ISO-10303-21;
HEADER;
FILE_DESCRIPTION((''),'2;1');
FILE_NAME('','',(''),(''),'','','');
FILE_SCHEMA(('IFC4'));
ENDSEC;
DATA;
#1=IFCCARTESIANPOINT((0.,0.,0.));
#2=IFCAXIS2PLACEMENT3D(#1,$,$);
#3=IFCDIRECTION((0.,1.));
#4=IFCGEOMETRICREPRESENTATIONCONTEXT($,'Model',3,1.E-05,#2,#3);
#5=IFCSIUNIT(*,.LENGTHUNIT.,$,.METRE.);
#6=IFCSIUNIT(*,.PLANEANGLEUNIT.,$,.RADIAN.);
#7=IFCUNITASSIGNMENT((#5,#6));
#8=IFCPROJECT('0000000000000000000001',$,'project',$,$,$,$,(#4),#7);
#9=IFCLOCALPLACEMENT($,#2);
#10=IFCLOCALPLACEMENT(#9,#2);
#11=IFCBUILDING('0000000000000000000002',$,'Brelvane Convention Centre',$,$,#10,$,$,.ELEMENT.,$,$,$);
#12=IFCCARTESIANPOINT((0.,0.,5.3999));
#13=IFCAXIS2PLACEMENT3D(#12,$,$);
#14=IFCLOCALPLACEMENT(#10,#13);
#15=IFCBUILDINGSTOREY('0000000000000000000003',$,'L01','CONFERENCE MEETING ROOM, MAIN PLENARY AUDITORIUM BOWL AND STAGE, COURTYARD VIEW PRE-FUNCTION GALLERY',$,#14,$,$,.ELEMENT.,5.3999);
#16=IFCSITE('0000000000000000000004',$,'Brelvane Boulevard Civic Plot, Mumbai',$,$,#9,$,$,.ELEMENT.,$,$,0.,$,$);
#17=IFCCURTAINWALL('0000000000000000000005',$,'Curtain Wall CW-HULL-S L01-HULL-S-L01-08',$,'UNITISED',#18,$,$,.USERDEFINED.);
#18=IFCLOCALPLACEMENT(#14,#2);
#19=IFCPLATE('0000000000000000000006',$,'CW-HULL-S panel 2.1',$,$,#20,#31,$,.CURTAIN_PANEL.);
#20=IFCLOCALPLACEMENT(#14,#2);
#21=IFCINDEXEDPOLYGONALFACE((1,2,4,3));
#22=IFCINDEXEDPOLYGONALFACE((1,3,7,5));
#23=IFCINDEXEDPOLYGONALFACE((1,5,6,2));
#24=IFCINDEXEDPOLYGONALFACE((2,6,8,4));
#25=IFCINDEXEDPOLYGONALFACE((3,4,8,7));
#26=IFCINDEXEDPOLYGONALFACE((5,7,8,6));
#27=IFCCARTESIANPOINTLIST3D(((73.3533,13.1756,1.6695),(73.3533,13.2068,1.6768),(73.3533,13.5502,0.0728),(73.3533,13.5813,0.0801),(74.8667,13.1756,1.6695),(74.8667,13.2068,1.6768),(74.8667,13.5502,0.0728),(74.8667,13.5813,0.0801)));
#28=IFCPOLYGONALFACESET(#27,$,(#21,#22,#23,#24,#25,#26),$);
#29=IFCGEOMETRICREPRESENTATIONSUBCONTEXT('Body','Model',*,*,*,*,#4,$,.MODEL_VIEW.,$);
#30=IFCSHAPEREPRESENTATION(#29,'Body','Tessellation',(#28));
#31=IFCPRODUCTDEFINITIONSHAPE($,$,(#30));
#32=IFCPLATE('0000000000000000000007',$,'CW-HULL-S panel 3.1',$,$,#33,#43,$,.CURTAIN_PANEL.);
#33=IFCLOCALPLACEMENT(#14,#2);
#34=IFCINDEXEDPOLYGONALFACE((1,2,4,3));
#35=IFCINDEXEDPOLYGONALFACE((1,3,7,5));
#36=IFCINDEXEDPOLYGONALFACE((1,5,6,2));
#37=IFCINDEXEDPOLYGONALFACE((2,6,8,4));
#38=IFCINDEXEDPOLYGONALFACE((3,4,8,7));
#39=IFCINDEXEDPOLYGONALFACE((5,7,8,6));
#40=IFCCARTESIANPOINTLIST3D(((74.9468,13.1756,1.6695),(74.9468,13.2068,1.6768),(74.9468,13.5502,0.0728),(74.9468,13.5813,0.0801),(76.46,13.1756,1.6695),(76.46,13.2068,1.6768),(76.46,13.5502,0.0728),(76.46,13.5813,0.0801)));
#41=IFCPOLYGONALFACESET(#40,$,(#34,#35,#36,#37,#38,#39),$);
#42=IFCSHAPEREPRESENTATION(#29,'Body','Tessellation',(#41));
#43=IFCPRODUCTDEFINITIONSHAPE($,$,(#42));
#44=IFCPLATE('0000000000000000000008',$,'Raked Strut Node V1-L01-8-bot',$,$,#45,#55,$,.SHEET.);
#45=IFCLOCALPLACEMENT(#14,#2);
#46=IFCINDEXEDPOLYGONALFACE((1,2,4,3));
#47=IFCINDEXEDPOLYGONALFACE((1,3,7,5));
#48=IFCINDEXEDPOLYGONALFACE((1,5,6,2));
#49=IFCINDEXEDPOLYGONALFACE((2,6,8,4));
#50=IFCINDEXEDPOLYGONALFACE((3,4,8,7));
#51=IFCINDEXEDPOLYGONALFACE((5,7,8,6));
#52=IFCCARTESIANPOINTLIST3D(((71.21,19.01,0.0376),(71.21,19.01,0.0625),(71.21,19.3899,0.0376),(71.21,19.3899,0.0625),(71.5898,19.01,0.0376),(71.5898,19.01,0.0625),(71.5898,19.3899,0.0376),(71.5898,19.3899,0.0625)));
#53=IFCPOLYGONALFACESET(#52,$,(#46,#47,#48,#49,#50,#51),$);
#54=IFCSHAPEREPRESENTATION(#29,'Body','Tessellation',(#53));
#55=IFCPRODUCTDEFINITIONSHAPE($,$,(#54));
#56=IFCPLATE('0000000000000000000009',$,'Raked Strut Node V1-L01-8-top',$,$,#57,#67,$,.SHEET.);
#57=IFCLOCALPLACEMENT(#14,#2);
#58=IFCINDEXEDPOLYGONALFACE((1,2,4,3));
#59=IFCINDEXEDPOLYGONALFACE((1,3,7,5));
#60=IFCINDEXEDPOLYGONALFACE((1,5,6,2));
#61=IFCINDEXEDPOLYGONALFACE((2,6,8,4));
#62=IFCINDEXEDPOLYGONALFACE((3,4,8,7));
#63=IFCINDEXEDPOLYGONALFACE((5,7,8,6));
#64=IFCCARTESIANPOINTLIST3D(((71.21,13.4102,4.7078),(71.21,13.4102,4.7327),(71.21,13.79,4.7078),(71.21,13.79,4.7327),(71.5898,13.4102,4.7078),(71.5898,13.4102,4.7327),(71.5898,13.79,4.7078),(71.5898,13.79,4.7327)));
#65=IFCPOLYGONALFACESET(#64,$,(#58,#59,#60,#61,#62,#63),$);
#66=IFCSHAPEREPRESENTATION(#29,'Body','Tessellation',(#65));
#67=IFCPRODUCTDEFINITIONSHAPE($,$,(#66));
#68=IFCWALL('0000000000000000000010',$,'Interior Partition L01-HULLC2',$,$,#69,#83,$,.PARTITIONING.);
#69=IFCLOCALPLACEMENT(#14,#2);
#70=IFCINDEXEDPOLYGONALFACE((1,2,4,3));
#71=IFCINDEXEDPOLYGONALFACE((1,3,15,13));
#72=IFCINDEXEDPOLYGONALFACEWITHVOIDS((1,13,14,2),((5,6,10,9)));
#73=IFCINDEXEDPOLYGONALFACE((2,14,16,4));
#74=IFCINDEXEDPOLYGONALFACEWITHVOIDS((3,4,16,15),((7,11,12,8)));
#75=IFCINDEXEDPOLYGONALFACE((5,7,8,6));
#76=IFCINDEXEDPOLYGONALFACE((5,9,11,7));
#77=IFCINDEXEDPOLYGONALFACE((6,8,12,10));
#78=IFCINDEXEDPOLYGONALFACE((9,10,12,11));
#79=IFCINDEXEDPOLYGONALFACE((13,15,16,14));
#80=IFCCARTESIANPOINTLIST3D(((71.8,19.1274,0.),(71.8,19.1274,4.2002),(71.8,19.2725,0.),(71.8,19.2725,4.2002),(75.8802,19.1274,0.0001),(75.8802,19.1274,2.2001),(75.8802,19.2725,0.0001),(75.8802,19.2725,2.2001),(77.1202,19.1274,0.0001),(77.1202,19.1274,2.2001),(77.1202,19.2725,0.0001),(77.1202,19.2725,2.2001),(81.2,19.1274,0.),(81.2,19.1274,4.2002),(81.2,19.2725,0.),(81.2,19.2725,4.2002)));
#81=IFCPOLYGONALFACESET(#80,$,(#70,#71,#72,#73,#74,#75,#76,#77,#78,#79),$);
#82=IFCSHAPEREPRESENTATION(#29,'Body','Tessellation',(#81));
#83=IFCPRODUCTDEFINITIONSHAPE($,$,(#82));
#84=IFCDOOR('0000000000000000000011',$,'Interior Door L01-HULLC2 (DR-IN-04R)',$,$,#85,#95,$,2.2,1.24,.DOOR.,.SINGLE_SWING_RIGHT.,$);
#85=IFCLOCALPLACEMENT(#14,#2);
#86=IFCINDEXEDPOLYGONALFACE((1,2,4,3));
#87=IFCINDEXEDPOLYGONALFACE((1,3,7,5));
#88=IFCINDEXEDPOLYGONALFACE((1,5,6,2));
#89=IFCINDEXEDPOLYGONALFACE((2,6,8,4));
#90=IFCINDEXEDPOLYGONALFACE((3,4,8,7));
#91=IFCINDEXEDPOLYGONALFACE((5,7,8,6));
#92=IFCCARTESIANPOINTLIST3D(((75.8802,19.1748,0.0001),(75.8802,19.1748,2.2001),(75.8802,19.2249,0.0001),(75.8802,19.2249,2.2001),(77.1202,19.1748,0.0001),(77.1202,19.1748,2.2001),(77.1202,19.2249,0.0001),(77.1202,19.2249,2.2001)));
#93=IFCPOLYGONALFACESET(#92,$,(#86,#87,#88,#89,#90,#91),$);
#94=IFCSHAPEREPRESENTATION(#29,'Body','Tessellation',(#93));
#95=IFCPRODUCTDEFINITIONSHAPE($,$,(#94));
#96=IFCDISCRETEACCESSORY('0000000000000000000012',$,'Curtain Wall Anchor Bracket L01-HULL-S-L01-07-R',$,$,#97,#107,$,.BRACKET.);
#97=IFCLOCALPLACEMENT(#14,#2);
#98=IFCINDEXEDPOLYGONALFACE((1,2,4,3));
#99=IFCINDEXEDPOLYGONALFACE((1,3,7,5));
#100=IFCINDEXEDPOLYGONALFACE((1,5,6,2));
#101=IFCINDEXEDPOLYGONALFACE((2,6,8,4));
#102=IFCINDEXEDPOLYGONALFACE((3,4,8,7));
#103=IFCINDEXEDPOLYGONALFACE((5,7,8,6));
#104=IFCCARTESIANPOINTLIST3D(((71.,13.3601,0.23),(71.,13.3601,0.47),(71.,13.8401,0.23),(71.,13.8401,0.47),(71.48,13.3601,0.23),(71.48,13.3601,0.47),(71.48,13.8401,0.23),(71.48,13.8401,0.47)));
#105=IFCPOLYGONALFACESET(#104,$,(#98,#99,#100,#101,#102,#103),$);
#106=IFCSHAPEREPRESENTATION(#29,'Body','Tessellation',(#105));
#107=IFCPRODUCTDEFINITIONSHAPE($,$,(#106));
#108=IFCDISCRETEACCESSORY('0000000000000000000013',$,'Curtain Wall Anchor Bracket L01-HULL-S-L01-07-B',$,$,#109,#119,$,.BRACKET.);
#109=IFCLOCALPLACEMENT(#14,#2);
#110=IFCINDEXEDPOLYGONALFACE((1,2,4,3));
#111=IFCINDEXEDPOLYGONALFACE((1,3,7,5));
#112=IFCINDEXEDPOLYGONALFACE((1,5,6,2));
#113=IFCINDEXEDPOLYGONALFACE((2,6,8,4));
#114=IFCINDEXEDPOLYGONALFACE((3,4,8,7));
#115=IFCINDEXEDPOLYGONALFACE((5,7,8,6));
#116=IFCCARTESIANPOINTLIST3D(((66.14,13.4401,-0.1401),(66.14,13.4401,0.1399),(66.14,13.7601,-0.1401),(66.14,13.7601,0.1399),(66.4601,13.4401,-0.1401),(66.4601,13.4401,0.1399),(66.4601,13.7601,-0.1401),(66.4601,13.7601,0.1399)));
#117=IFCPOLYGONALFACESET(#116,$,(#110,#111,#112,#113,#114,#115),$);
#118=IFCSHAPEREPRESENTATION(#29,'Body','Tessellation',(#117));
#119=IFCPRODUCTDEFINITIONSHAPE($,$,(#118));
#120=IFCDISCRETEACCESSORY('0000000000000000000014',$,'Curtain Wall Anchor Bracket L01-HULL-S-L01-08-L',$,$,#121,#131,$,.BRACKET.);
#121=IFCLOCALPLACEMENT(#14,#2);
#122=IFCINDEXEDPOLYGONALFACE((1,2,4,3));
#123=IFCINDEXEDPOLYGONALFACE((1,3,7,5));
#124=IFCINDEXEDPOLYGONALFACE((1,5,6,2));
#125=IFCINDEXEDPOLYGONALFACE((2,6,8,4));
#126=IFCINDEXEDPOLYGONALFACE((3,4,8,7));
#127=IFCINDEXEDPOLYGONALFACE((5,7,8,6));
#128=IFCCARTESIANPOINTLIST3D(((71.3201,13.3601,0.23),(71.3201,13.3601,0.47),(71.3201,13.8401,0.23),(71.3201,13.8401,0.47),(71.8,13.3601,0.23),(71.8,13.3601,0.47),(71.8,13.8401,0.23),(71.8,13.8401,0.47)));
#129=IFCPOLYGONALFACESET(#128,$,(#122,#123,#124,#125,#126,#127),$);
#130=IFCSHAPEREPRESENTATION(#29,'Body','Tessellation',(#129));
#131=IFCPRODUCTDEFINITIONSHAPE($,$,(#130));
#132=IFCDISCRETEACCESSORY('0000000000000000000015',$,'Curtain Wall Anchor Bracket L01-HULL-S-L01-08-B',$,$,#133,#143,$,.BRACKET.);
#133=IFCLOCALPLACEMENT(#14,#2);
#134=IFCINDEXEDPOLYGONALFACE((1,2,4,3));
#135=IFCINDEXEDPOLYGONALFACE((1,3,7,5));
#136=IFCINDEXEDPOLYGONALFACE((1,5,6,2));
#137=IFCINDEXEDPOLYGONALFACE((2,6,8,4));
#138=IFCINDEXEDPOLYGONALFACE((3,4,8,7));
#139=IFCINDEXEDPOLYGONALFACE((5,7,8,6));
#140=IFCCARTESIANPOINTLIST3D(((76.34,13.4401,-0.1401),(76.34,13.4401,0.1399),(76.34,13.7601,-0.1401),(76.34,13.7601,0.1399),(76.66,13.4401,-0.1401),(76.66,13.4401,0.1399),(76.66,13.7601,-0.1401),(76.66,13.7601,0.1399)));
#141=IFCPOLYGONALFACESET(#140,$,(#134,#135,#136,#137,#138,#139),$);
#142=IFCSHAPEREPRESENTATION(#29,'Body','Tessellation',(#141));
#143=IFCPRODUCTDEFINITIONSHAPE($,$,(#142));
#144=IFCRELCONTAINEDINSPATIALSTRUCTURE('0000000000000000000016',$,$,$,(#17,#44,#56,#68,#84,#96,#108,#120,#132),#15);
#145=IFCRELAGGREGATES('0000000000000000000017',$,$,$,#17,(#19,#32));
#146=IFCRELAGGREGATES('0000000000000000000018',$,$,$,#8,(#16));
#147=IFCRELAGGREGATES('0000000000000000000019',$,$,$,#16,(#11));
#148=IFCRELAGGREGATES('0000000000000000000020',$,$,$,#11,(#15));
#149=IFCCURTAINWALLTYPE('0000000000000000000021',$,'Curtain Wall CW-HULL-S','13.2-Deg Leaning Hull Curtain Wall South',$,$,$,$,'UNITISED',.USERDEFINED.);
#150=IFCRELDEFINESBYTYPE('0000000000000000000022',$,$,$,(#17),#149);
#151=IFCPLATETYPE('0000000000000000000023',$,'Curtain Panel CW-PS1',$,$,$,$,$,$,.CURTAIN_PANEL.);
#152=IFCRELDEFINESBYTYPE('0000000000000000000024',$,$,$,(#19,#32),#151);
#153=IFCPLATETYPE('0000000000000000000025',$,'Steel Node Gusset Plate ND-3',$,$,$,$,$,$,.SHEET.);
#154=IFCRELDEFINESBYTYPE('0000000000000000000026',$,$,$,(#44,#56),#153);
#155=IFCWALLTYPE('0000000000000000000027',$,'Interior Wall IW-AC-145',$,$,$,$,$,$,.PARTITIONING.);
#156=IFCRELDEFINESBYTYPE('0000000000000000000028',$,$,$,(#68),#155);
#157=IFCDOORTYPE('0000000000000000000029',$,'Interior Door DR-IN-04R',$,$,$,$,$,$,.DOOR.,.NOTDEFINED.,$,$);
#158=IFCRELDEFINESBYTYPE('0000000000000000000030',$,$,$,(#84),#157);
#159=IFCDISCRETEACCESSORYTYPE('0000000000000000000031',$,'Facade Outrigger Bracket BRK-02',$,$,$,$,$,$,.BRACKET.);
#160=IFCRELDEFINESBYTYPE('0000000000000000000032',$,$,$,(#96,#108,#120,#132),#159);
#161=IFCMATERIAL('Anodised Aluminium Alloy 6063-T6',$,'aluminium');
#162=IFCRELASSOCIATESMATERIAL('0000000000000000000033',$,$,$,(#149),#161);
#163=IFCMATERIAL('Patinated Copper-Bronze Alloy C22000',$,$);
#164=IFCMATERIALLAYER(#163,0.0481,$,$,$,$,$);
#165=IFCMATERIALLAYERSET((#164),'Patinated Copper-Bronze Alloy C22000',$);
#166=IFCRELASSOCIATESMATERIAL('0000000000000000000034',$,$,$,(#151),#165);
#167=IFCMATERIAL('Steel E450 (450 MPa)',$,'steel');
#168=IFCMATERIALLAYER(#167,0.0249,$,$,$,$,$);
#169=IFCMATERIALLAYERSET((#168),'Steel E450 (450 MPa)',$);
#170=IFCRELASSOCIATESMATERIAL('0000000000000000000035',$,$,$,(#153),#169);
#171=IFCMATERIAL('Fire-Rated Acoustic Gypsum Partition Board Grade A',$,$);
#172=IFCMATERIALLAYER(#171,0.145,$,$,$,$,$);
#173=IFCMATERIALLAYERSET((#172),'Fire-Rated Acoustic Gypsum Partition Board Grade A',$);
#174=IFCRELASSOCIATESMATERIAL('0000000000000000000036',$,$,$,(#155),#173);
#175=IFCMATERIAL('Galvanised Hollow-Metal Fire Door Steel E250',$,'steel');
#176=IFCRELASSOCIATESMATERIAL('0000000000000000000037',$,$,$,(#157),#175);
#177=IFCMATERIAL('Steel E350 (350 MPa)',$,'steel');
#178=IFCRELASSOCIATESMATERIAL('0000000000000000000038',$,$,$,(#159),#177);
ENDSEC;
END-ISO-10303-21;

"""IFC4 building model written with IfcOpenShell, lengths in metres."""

from ifc_helpers import new_model, si_unit, direction, frame, frame_2d, origin, origin_2d, place, context, subcontext, project, spatial, polyline, rectangle, outline, extrude, material, layer, layer_set, type_object, element, fill, aggregate, save


model = new_model("IFC4")

# Units and contexts
model_context = context("Model", 3, precision=1e-05, world=origin(), true_north=direction((0.0, 1.0)))
body_context = subcontext(model_context, "Body", "Model", "MODEL_VIEW")
ifc_project = project(units=[si_unit("LENGTHUNIT", "METRE"), si_unit("PLANEANGLEUNIT", "RADIAN")], contexts=[model_context])

# Site, building, storey
site_placement = place(None, origin())
site = spatial("IfcSite", under=ifc_project, at=site_placement, Name="Brelvane Boulevard Civic Plot, Mumbai", CompositionType="ELEMENT", RefElevation=0.0)
building_placement = place(site_placement, origin())
building = spatial("IfcBuilding", under=site, at=building_placement, Name="Brelvane Convention Centre", CompositionType="ELEMENT")
storey_placement = place(building_placement, frame((0.0, 0.0, 5.3999)))
storey = spatial("IfcBuildingStorey", under=building, at=storey_placement, Name="L01", Description="CONFERENCE MEETING ROOM, MAIN PLENARY AUDITORIUM BOWL AND STAGE, COURTYARD VIEW PRE-FUNCTION GALLERY", CompositionType="ELEMENT", Elevation=5.3999)

# Curtain wall
ifc_material_1 = material(Name="Anodised Aluminium Alloy 6063-T6", Category="aluminium")
curtain_wall_type = type_object("IfcCurtainWallType", Name="Curtain Wall CW-HULL-S", Description="13.2-Deg Leaning Hull Curtain Wall South", ElementType="UNITISED", PredefinedType="USERDEFINED", material=ifc_material_1)
curtain_wall_1_placement = place(storey_placement, origin())
curtain_wall_1 = element("IfcCurtainWall", 1, at=curtain_wall_1_placement, inside=storey, type_object=curtain_wall_type, Name="Curtain Wall CW-HULL-S L01-HULL-S-L01-08", ObjectType="UNITISED", PredefinedType="USERDEFINED")

# Plates
ifc_material_2 = material(Name="Patinated Copper-Bronze Alloy C22000")
ifc_layer_1 = layer(ifc_material_2, 0.0481)
ifc_layer_set_1 = layer_set([ifc_layer_1], Name="Patinated Copper-Bronze Alloy C22000")
plate_type_1 = type_object("IfcPlateType", Name="Curtain Panel CW-PS1", PredefinedType="CURTAIN_PANEL", material=ifc_layer_set_1)
plate_1_placement = place(storey_placement, frame((73.3533, 13.5813, 0.0801), z_axis=(0.0, 0.973577, 0.228359), x_axis=(1.0, 0.0, 0.0)))
plate_1 = element("IfcPlate", 2, at=plate_1_placement, type_object=plate_type_1, Name="CW-HULL-S panel 2.1", PredefinedType="CURTAIN_PANEL", context=body_context, shape_type="SweptSolid", body=[
    extrude(outline(polyline([(0.0, 0.0), (1.5134, 0.0), (1.5134, -1.64), (0.0, -1.64), (0.0, 0.0)])), origin(), (0.0, 0.0, -1.0), 0.032),
])
plate_2_placement = place(storey_placement, frame((74.9468, 13.5813, 0.0801), z_axis=(0.0, 0.973577, 0.228359), x_axis=(1.0, 0.0, 0.0)))
plate_2 = element("IfcPlate", 3, at=plate_2_placement, type_object=plate_type_1, Name="CW-HULL-S panel 3.1", PredefinedType="CURTAIN_PANEL", context=body_context, shape_type="SweptSolid", body=[
    extrude(outline(polyline([(0.0, 0.0), (1.5132, 0.0), (1.5132, -1.64), (0.0, -1.64), (0.0, 0.0)])), origin(), (0.0, 0.0, -1.0), 0.032),
])
aggregate(curtain_wall_1, [plate_1, plate_2])

# Plates
ifc_material_3 = material(Name="Steel E450 (450 MPa)", Category="steel")
ifc_layer_2 = layer(ifc_material_3, 0.0249)
ifc_layer_set_2 = layer_set([ifc_layer_2], Name="Steel E450 (450 MPa)")
plate_type_2 = type_object("IfcPlateType", Name="Steel Node Gusset Plate ND-3", PredefinedType="SHEET", material=ifc_layer_set_2)
for number, where, z_axis, x_axis, name in (
    (4, (71.3999, 19.2, 0.0376), (0.0, 0.0, 1.0), (1.0, 0.0, 0.0), "Raked Strut Node V1-L01-8-bot"),
    (5, (71.3999, 13.6001, 4.7078), (0.0, 0.0, 1.0), (1.0, 0.0, 0.0), "Raked Strut Node V1-L01-8-top"),
):
    element("IfcPlate", number, at=place(storey_placement, frame(where, z_axis=z_axis, x_axis=x_axis)), inside=storey, type_object=plate_type_2, Name=name, PredefinedType="SHEET", context=body_context, shape_type="SweptSolid", body=[
        extrude(rectangle(XDim=0.3799, YDim=0.3799, at=origin_2d()), origin(), (0.0, 0.0, 1.0), 0.0249),
    ])

# Wall, opening, door
ifc_material_4 = material(Name="Fire-Rated Acoustic Gypsum Partition Board Grade A")
ifc_layer_3 = layer(ifc_material_4, 0.145)
ifc_layer_set_3 = layer_set([ifc_layer_3], Name="Fire-Rated Acoustic Gypsum Partition Board Grade A")
wall_type = type_object("IfcWallType", Name="Interior Wall IW-AC-145", PredefinedType="PARTITIONING", material=ifc_layer_set_3)
wall_placement = place(storey_placement, frame((71.8, 19.2, 0.0), z_axis=(0.0, 0.0, 1.0), x_axis=(1.0, 0.0, 0.0)))
wall = element("IfcWall", 6, at=wall_placement, inside=storey, type_object=wall_type, Name="Interior Partition L01-HULLC2", PredefinedType="PARTITIONING", context=body_context, shape_type="SweptSolid", body=[
    extrude(rectangle(XDim=9.3999, YDim=0.145, at=frame_2d((4.7, 0.0))), origin(), (0.0, 0.0, 1.0), 4.2002),
])
opening_placement = place(wall_placement, frame((4.0801, 0.0, 0.0)))
opening = element("IfcOpeningElement", 7, at=opening_placement, cuts=wall, PredefinedType="OPENING", context=body_context, shape_type="SweptSolid", body=[
    extrude(rectangle(XDim=1.24, YDim=2.2, at=frame_2d((0.6201, 1.1001))), frame((0.0, 0.0825, 0.0), z_axis=(0.0, -1.0, 0.0), x_axis=(1.0, 0.0, 0.0)), (0.0, 0.0, 1.0), 0.165),
])
ifc_material_5 = material(Name="Galvanised Hollow-Metal Fire Door Steel E250", Category="steel")
door_type = type_object("IfcDoorType", Name="Interior Door DR-IN-04R", OperationType="NOTDEFINED", PredefinedType="DOOR", material=ifc_material_5)
door_placement = place(opening_placement, origin())
door = element("IfcDoor", 8, at=door_placement, inside=storey, type_object=door_type, Name="Interior Door L01-HULLC2 (DR-IN-04R)", OperationType="SINGLE_SWING_RIGHT", OverallHeight=2.2, OverallWidth=1.24, PredefinedType="DOOR", context=body_context, shape_type="SweptSolid", body=[
    extrude(rectangle(XDim=1.24, YDim=2.2, at=frame_2d((0.6201, 1.1001))), frame((0.0, 0.0249, 0.0), z_axis=(0.0, -1.0, 0.0), x_axis=(1.0, 0.0, 0.0)), (0.0, 0.0, 1.0), 0.05),
])
fill(opening, door)

# Discrete accessories
ifc_material_6 = material(Name="Steel E350 (350 MPa)", Category="steel")
discrete_accessory_type = type_object("IfcDiscreteAccessoryType", Name="Facade Outrigger Bracket BRK-02", PredefinedType="BRACKET", material=ifc_material_6)
discrete_accessory_1_placement = place(storey_placement, frame((71.24, 13.6001, 0.23), z_axis=(0.0, 0.0, 1.0), x_axis=(1.0, 0.0, 0.0)))
element("IfcDiscreteAccessory", 9, at=discrete_accessory_1_placement, inside=storey, type_object=discrete_accessory_type, Name="Curtain Wall Anchor Bracket L01-HULL-S-L01-07-R", PredefinedType="BRACKET", context=body_context, shape_type="SweptSolid", body=[
    extrude(rectangle(XDim=0.48, YDim=0.48, at=origin_2d()), origin(), (0.0, 0.0, 1.0), 0.24),
])
discrete_accessory_2_placement = place(storey_placement, frame((66.3, 13.6001, -0.1401), z_axis=(0.0, 0.0, 1.0), x_axis=(1.0, 0.0, 0.0)))
element("IfcDiscreteAccessory", 10, at=discrete_accessory_2_placement, inside=storey, type_object=discrete_accessory_type, Name="Curtain Wall Anchor Bracket L01-HULL-S-L01-07-B", PredefinedType="BRACKET", context=body_context, shape_type="SweptSolid", body=[
    extrude(rectangle(XDim=0.3201, YDim=0.3201, at=origin_2d()), origin(), (0.0, 0.0, 1.0), 0.28),
])
discrete_accessory_3_placement = place(storey_placement, frame((71.5601, 13.6001, 0.23), z_axis=(0.0, 0.0, 1.0), x_axis=(1.0, 0.0, 0.0)))
element("IfcDiscreteAccessory", 11, at=discrete_accessory_3_placement, inside=storey, type_object=discrete_accessory_type, Name="Curtain Wall Anchor Bracket L01-HULL-S-L01-08-L", PredefinedType="BRACKET", context=body_context, shape_type="SweptSolid", body=[
    extrude(rectangle(XDim=0.48, YDim=0.48, at=origin_2d()), origin(), (0.0, 0.0, 1.0), 0.24),
])
discrete_accessory_4_placement = place(storey_placement, frame((76.5, 13.6001, -0.1401), z_axis=(0.0, 0.0, 1.0), x_axis=(1.0, 0.0, 0.0)))
element("IfcDiscreteAccessory", 12, at=discrete_accessory_4_placement, inside=storey, type_object=discrete_accessory_type, Name="Curtain Wall Anchor Bracket L01-HULL-S-L01-08-B", PredefinedType="BRACKET", context=body_context, shape_type="SweptSolid", body=[
    extrude(rectangle(XDim=0.3201, YDim=0.3201, at=origin_2d()), origin(), (0.0, 0.0, 1.0), 0.28),
])

save(model, "model.ifc")
